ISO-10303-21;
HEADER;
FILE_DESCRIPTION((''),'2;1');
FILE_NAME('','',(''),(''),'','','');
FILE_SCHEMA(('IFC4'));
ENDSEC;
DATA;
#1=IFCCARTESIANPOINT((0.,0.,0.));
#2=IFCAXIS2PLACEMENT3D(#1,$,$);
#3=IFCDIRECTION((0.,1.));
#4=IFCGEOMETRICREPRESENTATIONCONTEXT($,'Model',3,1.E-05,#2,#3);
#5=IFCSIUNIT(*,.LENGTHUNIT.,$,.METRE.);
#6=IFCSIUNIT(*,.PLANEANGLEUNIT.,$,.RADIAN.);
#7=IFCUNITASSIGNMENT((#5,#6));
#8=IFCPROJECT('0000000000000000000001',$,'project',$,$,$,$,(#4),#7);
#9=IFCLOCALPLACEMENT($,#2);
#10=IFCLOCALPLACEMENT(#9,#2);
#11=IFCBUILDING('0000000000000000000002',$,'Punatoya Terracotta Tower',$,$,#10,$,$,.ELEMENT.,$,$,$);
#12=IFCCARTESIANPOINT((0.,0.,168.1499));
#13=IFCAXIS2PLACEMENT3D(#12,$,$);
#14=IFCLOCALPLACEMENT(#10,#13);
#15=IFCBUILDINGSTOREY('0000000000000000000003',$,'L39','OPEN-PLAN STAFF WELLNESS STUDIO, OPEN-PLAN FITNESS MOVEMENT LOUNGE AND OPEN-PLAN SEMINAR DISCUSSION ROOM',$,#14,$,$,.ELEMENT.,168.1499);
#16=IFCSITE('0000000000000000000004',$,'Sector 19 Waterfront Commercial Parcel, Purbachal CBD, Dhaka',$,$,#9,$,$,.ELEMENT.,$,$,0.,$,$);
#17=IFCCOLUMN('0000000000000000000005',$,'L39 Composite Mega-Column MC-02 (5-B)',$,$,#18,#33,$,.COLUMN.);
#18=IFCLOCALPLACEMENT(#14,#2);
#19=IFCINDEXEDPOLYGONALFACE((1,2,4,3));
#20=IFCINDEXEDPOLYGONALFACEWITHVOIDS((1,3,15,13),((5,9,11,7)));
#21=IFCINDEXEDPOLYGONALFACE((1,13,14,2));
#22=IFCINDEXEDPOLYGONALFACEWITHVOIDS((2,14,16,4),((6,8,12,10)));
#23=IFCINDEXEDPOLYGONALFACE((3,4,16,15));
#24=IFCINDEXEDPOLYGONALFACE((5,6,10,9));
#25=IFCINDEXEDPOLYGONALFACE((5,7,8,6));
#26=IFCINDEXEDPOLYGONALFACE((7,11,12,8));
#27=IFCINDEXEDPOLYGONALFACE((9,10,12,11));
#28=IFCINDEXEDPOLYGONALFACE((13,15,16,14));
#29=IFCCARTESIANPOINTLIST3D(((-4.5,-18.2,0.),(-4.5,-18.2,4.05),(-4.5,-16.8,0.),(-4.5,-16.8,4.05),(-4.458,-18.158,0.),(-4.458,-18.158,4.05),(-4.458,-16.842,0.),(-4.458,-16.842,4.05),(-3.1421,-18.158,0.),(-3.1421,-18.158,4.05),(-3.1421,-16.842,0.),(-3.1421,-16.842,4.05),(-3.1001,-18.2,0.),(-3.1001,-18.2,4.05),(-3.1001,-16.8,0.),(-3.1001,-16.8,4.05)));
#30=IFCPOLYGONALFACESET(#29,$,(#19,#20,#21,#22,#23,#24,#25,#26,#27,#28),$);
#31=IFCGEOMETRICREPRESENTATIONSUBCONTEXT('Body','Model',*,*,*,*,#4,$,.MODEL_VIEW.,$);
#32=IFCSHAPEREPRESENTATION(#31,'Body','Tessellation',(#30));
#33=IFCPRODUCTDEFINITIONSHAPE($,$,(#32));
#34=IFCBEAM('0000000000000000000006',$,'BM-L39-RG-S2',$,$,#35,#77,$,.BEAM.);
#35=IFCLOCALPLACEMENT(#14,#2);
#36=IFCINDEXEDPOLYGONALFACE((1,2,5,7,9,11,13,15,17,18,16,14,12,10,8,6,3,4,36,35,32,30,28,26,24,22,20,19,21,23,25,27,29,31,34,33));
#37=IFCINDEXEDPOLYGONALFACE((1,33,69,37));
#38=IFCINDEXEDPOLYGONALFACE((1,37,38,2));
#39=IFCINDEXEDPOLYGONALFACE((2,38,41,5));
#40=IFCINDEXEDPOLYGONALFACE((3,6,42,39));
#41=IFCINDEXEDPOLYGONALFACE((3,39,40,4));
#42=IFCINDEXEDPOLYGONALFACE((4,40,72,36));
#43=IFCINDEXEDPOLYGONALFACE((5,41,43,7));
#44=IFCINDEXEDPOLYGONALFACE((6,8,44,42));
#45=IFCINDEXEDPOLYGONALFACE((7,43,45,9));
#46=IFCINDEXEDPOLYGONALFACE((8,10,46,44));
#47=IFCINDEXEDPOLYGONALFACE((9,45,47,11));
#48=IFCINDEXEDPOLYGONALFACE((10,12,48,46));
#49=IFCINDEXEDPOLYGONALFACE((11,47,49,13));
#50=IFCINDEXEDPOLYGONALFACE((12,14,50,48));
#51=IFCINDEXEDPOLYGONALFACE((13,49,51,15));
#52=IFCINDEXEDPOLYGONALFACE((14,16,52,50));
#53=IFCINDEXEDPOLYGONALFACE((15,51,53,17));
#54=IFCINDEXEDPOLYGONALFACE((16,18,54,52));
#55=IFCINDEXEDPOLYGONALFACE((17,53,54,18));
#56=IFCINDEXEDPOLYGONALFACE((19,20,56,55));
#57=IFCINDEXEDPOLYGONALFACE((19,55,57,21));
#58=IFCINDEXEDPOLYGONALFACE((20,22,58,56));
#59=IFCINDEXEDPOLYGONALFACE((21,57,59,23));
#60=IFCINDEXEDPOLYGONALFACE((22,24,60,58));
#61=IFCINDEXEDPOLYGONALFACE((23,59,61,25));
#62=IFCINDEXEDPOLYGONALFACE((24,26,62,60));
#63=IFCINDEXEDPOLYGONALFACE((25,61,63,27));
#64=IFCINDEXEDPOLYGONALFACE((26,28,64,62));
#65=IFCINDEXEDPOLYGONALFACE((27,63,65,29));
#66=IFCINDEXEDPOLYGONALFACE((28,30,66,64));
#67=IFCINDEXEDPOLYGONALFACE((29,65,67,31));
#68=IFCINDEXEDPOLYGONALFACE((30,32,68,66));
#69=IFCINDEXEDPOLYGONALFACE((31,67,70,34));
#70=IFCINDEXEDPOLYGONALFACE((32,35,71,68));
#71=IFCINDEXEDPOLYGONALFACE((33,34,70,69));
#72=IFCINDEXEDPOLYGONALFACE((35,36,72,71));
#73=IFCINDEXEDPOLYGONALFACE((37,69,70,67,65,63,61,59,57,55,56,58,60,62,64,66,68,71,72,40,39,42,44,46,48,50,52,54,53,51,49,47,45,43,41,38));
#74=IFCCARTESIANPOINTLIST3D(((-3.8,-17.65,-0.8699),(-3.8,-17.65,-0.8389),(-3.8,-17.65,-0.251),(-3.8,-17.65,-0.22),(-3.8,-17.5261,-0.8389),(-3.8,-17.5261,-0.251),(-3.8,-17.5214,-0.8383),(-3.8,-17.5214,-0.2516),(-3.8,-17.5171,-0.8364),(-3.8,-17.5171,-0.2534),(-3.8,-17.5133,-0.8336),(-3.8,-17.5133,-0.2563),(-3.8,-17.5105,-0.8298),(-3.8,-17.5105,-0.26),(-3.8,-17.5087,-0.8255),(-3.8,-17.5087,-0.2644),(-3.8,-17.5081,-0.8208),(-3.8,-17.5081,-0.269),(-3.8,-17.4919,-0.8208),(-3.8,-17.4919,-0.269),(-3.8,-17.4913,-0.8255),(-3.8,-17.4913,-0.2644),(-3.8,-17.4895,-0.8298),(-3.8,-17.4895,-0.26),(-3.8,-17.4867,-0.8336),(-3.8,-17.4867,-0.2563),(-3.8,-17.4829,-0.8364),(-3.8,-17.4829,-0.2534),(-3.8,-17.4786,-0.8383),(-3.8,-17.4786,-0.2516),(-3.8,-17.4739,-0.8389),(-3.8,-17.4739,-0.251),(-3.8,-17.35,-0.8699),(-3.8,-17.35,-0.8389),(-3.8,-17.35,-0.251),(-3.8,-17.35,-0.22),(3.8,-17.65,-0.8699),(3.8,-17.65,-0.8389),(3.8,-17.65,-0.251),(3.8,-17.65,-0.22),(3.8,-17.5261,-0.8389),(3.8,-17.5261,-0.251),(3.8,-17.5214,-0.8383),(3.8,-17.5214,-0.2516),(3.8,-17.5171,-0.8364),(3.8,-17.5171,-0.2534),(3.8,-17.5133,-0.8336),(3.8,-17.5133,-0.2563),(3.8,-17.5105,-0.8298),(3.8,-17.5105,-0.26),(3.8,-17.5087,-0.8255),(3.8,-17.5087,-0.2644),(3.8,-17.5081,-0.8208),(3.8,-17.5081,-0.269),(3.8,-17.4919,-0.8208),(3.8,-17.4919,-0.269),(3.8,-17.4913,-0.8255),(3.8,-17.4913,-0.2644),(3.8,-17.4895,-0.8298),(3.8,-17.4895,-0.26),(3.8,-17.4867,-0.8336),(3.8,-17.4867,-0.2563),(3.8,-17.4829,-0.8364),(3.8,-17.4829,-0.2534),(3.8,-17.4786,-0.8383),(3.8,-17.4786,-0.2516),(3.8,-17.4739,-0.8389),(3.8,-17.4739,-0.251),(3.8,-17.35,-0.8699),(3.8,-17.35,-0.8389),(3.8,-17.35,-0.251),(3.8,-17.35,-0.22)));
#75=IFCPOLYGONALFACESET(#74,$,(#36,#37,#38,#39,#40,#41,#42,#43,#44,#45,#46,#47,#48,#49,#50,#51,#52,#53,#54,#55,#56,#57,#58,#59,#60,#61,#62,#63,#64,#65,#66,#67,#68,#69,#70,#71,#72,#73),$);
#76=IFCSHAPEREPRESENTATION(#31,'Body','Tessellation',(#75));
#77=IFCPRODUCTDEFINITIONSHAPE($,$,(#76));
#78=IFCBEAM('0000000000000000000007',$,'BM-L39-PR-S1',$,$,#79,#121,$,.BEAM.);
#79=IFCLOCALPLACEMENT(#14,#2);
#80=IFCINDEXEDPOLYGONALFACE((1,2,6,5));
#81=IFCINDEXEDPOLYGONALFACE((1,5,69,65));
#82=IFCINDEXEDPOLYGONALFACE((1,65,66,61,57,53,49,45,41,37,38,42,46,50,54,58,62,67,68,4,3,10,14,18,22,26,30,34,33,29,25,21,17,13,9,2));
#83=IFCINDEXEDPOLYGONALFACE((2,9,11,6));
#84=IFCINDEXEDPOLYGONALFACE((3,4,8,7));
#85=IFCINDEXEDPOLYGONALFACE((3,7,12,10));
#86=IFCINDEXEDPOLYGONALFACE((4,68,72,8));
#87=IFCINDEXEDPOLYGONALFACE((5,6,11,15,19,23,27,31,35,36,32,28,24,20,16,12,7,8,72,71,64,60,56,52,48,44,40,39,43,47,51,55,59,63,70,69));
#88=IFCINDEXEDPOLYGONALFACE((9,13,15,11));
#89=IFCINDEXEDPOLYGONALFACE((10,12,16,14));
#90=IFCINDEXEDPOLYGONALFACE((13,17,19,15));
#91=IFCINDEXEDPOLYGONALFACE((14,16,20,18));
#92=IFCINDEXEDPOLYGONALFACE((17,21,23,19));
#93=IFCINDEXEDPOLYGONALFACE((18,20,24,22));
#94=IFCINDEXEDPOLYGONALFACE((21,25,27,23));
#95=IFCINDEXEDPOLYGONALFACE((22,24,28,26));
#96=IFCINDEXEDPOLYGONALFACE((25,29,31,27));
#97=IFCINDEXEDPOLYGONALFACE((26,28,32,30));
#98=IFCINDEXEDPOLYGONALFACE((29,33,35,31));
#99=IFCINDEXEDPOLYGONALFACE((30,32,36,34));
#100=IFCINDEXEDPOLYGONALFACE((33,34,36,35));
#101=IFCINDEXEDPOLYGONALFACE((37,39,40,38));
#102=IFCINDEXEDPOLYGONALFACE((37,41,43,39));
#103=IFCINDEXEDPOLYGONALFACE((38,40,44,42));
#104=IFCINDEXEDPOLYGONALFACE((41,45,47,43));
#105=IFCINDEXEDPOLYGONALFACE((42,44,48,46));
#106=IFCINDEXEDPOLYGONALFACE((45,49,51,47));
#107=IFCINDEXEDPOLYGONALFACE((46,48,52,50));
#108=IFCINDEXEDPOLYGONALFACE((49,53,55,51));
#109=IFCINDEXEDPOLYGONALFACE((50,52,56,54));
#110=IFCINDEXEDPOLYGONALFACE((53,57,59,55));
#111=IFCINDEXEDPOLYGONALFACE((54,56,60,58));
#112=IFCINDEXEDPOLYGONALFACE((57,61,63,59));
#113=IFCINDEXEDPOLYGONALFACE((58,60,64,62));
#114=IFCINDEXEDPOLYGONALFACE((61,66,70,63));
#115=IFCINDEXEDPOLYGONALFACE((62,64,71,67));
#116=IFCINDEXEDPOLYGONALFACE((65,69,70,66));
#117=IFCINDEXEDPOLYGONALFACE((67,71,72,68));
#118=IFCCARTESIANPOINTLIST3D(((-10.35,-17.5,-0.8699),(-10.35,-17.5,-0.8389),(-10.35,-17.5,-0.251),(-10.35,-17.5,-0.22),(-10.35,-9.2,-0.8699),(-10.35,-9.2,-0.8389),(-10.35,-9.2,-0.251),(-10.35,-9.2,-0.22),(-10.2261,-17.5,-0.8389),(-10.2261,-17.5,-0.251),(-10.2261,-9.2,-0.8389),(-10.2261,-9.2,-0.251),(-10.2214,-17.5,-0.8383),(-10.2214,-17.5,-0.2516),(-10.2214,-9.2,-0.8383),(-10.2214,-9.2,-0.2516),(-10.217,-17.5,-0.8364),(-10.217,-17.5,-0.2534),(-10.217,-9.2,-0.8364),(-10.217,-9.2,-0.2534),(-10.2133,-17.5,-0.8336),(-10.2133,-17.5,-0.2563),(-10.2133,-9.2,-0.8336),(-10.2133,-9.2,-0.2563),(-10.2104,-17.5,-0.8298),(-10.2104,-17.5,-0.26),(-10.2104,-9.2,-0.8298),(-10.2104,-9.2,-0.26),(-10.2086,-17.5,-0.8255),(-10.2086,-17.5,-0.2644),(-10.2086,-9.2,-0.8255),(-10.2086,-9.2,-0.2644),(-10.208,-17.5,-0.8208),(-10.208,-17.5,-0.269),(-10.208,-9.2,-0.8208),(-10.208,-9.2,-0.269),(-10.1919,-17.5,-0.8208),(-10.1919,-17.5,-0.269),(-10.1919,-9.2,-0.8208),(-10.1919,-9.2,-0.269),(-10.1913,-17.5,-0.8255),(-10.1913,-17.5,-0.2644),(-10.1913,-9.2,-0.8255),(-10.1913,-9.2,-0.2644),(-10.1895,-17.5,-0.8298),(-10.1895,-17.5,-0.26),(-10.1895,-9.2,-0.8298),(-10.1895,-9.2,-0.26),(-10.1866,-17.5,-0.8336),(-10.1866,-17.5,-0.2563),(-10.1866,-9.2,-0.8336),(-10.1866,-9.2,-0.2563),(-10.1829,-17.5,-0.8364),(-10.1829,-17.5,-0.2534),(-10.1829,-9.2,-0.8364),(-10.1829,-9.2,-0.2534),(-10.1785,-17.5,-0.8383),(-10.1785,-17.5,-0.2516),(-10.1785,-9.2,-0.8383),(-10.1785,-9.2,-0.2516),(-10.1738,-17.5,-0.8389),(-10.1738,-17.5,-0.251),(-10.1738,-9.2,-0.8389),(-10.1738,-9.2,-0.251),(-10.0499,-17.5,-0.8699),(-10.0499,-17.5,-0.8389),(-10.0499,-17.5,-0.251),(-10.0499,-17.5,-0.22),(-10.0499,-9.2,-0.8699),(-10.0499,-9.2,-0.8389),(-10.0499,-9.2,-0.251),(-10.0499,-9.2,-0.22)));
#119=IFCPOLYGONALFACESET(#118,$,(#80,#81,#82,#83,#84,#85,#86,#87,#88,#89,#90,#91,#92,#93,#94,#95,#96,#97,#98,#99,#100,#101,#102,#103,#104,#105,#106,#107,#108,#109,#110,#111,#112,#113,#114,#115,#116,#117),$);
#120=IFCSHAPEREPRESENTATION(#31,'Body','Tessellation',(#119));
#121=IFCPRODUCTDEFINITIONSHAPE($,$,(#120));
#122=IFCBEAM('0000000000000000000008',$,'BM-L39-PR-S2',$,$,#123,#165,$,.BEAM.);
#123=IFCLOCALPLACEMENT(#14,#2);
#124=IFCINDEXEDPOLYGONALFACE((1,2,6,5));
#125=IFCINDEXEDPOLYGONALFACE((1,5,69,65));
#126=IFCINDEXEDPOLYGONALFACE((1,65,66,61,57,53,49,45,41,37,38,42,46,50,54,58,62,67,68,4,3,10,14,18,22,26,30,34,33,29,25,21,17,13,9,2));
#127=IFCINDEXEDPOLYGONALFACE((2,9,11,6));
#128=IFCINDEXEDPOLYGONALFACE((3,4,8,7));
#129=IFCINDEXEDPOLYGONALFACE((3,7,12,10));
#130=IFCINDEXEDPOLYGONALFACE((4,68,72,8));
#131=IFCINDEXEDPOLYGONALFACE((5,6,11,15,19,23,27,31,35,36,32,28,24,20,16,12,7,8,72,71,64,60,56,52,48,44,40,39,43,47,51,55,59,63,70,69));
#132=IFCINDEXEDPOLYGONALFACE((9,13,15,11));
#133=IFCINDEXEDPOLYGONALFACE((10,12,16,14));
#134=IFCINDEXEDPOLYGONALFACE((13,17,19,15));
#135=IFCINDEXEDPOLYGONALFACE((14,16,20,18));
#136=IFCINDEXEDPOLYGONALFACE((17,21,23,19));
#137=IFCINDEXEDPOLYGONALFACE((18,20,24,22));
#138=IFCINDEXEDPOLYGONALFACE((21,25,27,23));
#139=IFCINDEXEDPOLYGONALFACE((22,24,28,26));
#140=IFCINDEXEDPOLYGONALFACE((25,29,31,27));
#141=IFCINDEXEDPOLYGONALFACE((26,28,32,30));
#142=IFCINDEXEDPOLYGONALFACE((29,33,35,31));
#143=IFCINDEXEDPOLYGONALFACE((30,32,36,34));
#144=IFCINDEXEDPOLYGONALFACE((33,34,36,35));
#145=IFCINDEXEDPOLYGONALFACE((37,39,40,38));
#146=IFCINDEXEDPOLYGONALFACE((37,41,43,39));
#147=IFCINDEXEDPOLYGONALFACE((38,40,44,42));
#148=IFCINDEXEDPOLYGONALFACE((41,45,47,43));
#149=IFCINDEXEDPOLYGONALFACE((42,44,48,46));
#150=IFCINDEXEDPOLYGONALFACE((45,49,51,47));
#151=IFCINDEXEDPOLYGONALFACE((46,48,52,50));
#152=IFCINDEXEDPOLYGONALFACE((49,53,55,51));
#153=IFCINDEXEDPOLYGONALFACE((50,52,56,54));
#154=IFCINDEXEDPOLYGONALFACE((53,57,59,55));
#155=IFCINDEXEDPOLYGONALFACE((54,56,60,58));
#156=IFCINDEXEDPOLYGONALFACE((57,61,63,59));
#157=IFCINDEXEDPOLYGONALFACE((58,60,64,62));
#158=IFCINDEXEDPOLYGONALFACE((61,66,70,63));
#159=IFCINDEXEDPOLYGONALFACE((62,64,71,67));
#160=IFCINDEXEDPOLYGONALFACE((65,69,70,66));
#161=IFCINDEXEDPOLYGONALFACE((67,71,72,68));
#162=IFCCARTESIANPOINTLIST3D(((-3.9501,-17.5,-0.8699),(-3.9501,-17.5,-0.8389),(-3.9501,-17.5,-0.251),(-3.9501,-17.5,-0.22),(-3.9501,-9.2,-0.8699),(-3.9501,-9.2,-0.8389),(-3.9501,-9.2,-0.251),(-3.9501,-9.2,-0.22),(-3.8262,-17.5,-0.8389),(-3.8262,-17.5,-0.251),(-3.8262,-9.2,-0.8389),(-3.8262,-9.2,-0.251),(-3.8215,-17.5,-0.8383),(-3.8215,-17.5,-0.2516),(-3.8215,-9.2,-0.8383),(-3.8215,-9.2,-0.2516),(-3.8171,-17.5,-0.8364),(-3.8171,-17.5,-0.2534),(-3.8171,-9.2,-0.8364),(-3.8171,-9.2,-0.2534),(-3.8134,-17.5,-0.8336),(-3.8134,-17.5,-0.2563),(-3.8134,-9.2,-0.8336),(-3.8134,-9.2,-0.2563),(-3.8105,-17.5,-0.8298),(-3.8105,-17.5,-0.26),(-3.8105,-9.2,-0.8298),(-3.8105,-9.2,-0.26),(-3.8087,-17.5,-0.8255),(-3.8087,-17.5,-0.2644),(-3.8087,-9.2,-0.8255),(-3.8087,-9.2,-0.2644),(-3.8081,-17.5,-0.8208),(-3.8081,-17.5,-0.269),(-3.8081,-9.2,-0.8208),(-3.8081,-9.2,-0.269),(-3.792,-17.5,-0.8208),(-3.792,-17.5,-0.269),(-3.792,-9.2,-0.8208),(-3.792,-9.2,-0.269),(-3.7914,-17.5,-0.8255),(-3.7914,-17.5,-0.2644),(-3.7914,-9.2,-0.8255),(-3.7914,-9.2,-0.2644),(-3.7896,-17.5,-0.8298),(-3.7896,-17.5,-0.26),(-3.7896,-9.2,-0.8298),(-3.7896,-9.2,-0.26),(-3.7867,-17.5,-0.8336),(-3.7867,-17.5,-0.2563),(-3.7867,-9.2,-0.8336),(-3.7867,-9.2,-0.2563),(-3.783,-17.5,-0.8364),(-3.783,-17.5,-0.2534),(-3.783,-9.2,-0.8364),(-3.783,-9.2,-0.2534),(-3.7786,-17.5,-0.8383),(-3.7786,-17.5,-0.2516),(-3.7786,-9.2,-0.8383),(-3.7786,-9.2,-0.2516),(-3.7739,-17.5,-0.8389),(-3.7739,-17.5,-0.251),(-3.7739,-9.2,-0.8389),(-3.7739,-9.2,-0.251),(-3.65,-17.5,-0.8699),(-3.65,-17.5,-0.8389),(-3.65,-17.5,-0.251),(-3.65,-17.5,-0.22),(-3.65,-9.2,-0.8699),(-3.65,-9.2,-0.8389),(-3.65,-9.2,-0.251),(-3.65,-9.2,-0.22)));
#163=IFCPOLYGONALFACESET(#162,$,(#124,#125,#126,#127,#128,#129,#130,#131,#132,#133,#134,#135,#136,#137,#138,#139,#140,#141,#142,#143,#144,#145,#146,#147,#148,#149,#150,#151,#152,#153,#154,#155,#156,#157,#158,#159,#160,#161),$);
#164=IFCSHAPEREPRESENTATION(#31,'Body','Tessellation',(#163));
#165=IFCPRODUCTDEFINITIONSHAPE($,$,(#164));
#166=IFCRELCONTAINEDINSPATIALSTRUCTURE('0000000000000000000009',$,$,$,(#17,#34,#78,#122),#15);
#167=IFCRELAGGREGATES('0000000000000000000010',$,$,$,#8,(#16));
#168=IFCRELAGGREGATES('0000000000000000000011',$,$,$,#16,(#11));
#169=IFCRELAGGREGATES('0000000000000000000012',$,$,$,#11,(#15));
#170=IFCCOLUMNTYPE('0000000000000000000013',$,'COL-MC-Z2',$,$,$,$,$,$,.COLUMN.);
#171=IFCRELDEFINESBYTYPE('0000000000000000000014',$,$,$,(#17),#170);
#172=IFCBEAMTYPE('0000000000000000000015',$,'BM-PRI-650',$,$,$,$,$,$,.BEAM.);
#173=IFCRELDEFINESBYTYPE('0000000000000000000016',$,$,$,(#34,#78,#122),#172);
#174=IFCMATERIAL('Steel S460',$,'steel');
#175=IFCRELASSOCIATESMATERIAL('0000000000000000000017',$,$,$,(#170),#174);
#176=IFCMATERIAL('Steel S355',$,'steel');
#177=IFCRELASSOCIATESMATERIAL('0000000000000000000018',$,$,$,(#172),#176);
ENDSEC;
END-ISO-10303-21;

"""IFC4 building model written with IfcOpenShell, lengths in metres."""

from ifc_helpers import new_model, si_unit, direction, frame, origin, origin_2d, place, context, subcontext, project, spatial, hollow_rectangle, i_section, extrude, material, material_profile, profile_set, type_object, element, save


model = new_model("IFC4")

# Units and contexts
model_context = context("Model", 3, precision=1e-05, world=origin(), true_north=direction((0.0, 1.0)))
body_context = subcontext(model_context, "Body", "Model", "MODEL_VIEW")
ifc_project = project(units=[si_unit("LENGTHUNIT", "METRE"), si_unit("PLANEANGLEUNIT", "RADIAN")], contexts=[model_context])

# Site, building, storey
site_placement = place(None, origin())
site = spatial("IfcSite", under=ifc_project, at=site_placement, Name="Sector 19 Waterfront Commercial Parcel, Purbachal CBD, Dhaka", CompositionType="ELEMENT", RefElevation=0.0)
building_placement = place(site_placement, origin())
building = spatial("IfcBuilding", under=site, at=building_placement, Name="Punatoya Terracotta Tower", CompositionType="ELEMENT")
storey_placement = place(building_placement, frame((0.0, 0.0, 168.1499)))
storey = spatial("IfcBuildingStorey", under=building, at=storey_placement, Name="L39", Description="OPEN-PLAN STAFF WELLNESS STUDIO, OPEN-PLAN FITNESS MOVEMENT LOUNGE AND OPEN-PLAN SEMINAR DISCUSSION ROOM", CompositionType="ELEMENT", Elevation=168.1499)

# Column
ifc_material_1 = material(Name="Steel S460", Category="steel")
ifc_material_profile_1 = material_profile(ifc_material_1, hollow_rectangle(XDim=1.3999, YDim=1.3999, WallThickness=0.042, at=origin_2d()))
ifc_profile_set_1 = profile_set([ifc_material_profile_1], Name="Steel S460")
column_type = type_object("IfcColumnType", Name="COL-MC-Z2", PredefinedType="COLUMN", material=ifc_profile_set_1)
column_placement = place(storey_placement, frame((-3.8, -17.5, 0.0), z_axis=(0.0, 0.0, 1.0), x_axis=(1.0, 0.0, 0.0)))
element("IfcColumn", 1, at=column_placement, inside=storey, type_object=column_type, Name="L39 Composite Mega-Column MC-02 (5-B)", PredefinedType="COLUMN", context=body_context, shape_type="SweptSolid", body=[
    extrude(hollow_rectangle(XDim=1.3999, YDim=1.3999, WallThickness=0.042, at=origin_2d()), origin(), (0.0, 0.0, 1.0), 4.05),
])

# Beams
ifc_material_2 = material(Name="Steel S355", Category="steel")
ifc_material_profile_2 = material_profile(ifc_material_2, i_section(OverallWidth=0.3, OverallDepth=0.6499, WebThickness=0.0161, FlangeThickness=0.031, FilletRadius=0.0181, at=origin_2d()))
ifc_profile_set_2 = profile_set([ifc_material_profile_2], Name="Steel S355")
beam_type_1 = type_object("IfcBeamType", Name="BM-PRI-650", PredefinedType="BEAM", material=ifc_profile_set_2)
beam_1_placement = place(storey_placement, frame((-3.8, -17.5, -0.5449), z_axis=(1.0, 0.0, 0.0), x_axis=(0.0, 1.0, 0.0)))
element("IfcBeam", 2, at=beam_1_placement, inside=storey, type_object=beam_type_1, Name="BM-L39-RG-S2", PredefinedType="BEAM", context=body_context, shape_type="SweptSolid", body=[
    extrude(i_section(OverallWidth=0.3, OverallDepth=0.6499, WebThickness=0.0161, FlangeThickness=0.031, FilletRadius=0.0181, at=origin_2d()), origin(), (0.0, 0.0, 1.0), 7.6001),
])
for number, where, z_axis, x_axis, name in (
    (3, (-10.2, -17.5, -0.5449), (0.0, 1.0, 0.0), (-1.0, 0.0, 0.0), "BM-L39-PR-S1"),
    (4, (-3.8, -17.5, -0.5449), (0.0, 1.0, 0.0), (-1.0, 0.0, 0.0), "BM-L39-PR-S2"),
):
    element("IfcBeam", number, at=place(storey_placement, frame(where, z_axis=z_axis, x_axis=x_axis)), inside=storey, type_object=beam_type_1, Name=name, PredefinedType="BEAM", context=body_context, shape_type="SweptSolid", body=[
        extrude(i_section(OverallWidth=0.3, OverallDepth=0.6499, WebThickness=0.0161, FlangeThickness=0.031, FilletRadius=0.0181, at=origin_2d()), origin(), (0.0, 0.0, 1.0), 8.3),
    ])

save(model, "model.ifc")
